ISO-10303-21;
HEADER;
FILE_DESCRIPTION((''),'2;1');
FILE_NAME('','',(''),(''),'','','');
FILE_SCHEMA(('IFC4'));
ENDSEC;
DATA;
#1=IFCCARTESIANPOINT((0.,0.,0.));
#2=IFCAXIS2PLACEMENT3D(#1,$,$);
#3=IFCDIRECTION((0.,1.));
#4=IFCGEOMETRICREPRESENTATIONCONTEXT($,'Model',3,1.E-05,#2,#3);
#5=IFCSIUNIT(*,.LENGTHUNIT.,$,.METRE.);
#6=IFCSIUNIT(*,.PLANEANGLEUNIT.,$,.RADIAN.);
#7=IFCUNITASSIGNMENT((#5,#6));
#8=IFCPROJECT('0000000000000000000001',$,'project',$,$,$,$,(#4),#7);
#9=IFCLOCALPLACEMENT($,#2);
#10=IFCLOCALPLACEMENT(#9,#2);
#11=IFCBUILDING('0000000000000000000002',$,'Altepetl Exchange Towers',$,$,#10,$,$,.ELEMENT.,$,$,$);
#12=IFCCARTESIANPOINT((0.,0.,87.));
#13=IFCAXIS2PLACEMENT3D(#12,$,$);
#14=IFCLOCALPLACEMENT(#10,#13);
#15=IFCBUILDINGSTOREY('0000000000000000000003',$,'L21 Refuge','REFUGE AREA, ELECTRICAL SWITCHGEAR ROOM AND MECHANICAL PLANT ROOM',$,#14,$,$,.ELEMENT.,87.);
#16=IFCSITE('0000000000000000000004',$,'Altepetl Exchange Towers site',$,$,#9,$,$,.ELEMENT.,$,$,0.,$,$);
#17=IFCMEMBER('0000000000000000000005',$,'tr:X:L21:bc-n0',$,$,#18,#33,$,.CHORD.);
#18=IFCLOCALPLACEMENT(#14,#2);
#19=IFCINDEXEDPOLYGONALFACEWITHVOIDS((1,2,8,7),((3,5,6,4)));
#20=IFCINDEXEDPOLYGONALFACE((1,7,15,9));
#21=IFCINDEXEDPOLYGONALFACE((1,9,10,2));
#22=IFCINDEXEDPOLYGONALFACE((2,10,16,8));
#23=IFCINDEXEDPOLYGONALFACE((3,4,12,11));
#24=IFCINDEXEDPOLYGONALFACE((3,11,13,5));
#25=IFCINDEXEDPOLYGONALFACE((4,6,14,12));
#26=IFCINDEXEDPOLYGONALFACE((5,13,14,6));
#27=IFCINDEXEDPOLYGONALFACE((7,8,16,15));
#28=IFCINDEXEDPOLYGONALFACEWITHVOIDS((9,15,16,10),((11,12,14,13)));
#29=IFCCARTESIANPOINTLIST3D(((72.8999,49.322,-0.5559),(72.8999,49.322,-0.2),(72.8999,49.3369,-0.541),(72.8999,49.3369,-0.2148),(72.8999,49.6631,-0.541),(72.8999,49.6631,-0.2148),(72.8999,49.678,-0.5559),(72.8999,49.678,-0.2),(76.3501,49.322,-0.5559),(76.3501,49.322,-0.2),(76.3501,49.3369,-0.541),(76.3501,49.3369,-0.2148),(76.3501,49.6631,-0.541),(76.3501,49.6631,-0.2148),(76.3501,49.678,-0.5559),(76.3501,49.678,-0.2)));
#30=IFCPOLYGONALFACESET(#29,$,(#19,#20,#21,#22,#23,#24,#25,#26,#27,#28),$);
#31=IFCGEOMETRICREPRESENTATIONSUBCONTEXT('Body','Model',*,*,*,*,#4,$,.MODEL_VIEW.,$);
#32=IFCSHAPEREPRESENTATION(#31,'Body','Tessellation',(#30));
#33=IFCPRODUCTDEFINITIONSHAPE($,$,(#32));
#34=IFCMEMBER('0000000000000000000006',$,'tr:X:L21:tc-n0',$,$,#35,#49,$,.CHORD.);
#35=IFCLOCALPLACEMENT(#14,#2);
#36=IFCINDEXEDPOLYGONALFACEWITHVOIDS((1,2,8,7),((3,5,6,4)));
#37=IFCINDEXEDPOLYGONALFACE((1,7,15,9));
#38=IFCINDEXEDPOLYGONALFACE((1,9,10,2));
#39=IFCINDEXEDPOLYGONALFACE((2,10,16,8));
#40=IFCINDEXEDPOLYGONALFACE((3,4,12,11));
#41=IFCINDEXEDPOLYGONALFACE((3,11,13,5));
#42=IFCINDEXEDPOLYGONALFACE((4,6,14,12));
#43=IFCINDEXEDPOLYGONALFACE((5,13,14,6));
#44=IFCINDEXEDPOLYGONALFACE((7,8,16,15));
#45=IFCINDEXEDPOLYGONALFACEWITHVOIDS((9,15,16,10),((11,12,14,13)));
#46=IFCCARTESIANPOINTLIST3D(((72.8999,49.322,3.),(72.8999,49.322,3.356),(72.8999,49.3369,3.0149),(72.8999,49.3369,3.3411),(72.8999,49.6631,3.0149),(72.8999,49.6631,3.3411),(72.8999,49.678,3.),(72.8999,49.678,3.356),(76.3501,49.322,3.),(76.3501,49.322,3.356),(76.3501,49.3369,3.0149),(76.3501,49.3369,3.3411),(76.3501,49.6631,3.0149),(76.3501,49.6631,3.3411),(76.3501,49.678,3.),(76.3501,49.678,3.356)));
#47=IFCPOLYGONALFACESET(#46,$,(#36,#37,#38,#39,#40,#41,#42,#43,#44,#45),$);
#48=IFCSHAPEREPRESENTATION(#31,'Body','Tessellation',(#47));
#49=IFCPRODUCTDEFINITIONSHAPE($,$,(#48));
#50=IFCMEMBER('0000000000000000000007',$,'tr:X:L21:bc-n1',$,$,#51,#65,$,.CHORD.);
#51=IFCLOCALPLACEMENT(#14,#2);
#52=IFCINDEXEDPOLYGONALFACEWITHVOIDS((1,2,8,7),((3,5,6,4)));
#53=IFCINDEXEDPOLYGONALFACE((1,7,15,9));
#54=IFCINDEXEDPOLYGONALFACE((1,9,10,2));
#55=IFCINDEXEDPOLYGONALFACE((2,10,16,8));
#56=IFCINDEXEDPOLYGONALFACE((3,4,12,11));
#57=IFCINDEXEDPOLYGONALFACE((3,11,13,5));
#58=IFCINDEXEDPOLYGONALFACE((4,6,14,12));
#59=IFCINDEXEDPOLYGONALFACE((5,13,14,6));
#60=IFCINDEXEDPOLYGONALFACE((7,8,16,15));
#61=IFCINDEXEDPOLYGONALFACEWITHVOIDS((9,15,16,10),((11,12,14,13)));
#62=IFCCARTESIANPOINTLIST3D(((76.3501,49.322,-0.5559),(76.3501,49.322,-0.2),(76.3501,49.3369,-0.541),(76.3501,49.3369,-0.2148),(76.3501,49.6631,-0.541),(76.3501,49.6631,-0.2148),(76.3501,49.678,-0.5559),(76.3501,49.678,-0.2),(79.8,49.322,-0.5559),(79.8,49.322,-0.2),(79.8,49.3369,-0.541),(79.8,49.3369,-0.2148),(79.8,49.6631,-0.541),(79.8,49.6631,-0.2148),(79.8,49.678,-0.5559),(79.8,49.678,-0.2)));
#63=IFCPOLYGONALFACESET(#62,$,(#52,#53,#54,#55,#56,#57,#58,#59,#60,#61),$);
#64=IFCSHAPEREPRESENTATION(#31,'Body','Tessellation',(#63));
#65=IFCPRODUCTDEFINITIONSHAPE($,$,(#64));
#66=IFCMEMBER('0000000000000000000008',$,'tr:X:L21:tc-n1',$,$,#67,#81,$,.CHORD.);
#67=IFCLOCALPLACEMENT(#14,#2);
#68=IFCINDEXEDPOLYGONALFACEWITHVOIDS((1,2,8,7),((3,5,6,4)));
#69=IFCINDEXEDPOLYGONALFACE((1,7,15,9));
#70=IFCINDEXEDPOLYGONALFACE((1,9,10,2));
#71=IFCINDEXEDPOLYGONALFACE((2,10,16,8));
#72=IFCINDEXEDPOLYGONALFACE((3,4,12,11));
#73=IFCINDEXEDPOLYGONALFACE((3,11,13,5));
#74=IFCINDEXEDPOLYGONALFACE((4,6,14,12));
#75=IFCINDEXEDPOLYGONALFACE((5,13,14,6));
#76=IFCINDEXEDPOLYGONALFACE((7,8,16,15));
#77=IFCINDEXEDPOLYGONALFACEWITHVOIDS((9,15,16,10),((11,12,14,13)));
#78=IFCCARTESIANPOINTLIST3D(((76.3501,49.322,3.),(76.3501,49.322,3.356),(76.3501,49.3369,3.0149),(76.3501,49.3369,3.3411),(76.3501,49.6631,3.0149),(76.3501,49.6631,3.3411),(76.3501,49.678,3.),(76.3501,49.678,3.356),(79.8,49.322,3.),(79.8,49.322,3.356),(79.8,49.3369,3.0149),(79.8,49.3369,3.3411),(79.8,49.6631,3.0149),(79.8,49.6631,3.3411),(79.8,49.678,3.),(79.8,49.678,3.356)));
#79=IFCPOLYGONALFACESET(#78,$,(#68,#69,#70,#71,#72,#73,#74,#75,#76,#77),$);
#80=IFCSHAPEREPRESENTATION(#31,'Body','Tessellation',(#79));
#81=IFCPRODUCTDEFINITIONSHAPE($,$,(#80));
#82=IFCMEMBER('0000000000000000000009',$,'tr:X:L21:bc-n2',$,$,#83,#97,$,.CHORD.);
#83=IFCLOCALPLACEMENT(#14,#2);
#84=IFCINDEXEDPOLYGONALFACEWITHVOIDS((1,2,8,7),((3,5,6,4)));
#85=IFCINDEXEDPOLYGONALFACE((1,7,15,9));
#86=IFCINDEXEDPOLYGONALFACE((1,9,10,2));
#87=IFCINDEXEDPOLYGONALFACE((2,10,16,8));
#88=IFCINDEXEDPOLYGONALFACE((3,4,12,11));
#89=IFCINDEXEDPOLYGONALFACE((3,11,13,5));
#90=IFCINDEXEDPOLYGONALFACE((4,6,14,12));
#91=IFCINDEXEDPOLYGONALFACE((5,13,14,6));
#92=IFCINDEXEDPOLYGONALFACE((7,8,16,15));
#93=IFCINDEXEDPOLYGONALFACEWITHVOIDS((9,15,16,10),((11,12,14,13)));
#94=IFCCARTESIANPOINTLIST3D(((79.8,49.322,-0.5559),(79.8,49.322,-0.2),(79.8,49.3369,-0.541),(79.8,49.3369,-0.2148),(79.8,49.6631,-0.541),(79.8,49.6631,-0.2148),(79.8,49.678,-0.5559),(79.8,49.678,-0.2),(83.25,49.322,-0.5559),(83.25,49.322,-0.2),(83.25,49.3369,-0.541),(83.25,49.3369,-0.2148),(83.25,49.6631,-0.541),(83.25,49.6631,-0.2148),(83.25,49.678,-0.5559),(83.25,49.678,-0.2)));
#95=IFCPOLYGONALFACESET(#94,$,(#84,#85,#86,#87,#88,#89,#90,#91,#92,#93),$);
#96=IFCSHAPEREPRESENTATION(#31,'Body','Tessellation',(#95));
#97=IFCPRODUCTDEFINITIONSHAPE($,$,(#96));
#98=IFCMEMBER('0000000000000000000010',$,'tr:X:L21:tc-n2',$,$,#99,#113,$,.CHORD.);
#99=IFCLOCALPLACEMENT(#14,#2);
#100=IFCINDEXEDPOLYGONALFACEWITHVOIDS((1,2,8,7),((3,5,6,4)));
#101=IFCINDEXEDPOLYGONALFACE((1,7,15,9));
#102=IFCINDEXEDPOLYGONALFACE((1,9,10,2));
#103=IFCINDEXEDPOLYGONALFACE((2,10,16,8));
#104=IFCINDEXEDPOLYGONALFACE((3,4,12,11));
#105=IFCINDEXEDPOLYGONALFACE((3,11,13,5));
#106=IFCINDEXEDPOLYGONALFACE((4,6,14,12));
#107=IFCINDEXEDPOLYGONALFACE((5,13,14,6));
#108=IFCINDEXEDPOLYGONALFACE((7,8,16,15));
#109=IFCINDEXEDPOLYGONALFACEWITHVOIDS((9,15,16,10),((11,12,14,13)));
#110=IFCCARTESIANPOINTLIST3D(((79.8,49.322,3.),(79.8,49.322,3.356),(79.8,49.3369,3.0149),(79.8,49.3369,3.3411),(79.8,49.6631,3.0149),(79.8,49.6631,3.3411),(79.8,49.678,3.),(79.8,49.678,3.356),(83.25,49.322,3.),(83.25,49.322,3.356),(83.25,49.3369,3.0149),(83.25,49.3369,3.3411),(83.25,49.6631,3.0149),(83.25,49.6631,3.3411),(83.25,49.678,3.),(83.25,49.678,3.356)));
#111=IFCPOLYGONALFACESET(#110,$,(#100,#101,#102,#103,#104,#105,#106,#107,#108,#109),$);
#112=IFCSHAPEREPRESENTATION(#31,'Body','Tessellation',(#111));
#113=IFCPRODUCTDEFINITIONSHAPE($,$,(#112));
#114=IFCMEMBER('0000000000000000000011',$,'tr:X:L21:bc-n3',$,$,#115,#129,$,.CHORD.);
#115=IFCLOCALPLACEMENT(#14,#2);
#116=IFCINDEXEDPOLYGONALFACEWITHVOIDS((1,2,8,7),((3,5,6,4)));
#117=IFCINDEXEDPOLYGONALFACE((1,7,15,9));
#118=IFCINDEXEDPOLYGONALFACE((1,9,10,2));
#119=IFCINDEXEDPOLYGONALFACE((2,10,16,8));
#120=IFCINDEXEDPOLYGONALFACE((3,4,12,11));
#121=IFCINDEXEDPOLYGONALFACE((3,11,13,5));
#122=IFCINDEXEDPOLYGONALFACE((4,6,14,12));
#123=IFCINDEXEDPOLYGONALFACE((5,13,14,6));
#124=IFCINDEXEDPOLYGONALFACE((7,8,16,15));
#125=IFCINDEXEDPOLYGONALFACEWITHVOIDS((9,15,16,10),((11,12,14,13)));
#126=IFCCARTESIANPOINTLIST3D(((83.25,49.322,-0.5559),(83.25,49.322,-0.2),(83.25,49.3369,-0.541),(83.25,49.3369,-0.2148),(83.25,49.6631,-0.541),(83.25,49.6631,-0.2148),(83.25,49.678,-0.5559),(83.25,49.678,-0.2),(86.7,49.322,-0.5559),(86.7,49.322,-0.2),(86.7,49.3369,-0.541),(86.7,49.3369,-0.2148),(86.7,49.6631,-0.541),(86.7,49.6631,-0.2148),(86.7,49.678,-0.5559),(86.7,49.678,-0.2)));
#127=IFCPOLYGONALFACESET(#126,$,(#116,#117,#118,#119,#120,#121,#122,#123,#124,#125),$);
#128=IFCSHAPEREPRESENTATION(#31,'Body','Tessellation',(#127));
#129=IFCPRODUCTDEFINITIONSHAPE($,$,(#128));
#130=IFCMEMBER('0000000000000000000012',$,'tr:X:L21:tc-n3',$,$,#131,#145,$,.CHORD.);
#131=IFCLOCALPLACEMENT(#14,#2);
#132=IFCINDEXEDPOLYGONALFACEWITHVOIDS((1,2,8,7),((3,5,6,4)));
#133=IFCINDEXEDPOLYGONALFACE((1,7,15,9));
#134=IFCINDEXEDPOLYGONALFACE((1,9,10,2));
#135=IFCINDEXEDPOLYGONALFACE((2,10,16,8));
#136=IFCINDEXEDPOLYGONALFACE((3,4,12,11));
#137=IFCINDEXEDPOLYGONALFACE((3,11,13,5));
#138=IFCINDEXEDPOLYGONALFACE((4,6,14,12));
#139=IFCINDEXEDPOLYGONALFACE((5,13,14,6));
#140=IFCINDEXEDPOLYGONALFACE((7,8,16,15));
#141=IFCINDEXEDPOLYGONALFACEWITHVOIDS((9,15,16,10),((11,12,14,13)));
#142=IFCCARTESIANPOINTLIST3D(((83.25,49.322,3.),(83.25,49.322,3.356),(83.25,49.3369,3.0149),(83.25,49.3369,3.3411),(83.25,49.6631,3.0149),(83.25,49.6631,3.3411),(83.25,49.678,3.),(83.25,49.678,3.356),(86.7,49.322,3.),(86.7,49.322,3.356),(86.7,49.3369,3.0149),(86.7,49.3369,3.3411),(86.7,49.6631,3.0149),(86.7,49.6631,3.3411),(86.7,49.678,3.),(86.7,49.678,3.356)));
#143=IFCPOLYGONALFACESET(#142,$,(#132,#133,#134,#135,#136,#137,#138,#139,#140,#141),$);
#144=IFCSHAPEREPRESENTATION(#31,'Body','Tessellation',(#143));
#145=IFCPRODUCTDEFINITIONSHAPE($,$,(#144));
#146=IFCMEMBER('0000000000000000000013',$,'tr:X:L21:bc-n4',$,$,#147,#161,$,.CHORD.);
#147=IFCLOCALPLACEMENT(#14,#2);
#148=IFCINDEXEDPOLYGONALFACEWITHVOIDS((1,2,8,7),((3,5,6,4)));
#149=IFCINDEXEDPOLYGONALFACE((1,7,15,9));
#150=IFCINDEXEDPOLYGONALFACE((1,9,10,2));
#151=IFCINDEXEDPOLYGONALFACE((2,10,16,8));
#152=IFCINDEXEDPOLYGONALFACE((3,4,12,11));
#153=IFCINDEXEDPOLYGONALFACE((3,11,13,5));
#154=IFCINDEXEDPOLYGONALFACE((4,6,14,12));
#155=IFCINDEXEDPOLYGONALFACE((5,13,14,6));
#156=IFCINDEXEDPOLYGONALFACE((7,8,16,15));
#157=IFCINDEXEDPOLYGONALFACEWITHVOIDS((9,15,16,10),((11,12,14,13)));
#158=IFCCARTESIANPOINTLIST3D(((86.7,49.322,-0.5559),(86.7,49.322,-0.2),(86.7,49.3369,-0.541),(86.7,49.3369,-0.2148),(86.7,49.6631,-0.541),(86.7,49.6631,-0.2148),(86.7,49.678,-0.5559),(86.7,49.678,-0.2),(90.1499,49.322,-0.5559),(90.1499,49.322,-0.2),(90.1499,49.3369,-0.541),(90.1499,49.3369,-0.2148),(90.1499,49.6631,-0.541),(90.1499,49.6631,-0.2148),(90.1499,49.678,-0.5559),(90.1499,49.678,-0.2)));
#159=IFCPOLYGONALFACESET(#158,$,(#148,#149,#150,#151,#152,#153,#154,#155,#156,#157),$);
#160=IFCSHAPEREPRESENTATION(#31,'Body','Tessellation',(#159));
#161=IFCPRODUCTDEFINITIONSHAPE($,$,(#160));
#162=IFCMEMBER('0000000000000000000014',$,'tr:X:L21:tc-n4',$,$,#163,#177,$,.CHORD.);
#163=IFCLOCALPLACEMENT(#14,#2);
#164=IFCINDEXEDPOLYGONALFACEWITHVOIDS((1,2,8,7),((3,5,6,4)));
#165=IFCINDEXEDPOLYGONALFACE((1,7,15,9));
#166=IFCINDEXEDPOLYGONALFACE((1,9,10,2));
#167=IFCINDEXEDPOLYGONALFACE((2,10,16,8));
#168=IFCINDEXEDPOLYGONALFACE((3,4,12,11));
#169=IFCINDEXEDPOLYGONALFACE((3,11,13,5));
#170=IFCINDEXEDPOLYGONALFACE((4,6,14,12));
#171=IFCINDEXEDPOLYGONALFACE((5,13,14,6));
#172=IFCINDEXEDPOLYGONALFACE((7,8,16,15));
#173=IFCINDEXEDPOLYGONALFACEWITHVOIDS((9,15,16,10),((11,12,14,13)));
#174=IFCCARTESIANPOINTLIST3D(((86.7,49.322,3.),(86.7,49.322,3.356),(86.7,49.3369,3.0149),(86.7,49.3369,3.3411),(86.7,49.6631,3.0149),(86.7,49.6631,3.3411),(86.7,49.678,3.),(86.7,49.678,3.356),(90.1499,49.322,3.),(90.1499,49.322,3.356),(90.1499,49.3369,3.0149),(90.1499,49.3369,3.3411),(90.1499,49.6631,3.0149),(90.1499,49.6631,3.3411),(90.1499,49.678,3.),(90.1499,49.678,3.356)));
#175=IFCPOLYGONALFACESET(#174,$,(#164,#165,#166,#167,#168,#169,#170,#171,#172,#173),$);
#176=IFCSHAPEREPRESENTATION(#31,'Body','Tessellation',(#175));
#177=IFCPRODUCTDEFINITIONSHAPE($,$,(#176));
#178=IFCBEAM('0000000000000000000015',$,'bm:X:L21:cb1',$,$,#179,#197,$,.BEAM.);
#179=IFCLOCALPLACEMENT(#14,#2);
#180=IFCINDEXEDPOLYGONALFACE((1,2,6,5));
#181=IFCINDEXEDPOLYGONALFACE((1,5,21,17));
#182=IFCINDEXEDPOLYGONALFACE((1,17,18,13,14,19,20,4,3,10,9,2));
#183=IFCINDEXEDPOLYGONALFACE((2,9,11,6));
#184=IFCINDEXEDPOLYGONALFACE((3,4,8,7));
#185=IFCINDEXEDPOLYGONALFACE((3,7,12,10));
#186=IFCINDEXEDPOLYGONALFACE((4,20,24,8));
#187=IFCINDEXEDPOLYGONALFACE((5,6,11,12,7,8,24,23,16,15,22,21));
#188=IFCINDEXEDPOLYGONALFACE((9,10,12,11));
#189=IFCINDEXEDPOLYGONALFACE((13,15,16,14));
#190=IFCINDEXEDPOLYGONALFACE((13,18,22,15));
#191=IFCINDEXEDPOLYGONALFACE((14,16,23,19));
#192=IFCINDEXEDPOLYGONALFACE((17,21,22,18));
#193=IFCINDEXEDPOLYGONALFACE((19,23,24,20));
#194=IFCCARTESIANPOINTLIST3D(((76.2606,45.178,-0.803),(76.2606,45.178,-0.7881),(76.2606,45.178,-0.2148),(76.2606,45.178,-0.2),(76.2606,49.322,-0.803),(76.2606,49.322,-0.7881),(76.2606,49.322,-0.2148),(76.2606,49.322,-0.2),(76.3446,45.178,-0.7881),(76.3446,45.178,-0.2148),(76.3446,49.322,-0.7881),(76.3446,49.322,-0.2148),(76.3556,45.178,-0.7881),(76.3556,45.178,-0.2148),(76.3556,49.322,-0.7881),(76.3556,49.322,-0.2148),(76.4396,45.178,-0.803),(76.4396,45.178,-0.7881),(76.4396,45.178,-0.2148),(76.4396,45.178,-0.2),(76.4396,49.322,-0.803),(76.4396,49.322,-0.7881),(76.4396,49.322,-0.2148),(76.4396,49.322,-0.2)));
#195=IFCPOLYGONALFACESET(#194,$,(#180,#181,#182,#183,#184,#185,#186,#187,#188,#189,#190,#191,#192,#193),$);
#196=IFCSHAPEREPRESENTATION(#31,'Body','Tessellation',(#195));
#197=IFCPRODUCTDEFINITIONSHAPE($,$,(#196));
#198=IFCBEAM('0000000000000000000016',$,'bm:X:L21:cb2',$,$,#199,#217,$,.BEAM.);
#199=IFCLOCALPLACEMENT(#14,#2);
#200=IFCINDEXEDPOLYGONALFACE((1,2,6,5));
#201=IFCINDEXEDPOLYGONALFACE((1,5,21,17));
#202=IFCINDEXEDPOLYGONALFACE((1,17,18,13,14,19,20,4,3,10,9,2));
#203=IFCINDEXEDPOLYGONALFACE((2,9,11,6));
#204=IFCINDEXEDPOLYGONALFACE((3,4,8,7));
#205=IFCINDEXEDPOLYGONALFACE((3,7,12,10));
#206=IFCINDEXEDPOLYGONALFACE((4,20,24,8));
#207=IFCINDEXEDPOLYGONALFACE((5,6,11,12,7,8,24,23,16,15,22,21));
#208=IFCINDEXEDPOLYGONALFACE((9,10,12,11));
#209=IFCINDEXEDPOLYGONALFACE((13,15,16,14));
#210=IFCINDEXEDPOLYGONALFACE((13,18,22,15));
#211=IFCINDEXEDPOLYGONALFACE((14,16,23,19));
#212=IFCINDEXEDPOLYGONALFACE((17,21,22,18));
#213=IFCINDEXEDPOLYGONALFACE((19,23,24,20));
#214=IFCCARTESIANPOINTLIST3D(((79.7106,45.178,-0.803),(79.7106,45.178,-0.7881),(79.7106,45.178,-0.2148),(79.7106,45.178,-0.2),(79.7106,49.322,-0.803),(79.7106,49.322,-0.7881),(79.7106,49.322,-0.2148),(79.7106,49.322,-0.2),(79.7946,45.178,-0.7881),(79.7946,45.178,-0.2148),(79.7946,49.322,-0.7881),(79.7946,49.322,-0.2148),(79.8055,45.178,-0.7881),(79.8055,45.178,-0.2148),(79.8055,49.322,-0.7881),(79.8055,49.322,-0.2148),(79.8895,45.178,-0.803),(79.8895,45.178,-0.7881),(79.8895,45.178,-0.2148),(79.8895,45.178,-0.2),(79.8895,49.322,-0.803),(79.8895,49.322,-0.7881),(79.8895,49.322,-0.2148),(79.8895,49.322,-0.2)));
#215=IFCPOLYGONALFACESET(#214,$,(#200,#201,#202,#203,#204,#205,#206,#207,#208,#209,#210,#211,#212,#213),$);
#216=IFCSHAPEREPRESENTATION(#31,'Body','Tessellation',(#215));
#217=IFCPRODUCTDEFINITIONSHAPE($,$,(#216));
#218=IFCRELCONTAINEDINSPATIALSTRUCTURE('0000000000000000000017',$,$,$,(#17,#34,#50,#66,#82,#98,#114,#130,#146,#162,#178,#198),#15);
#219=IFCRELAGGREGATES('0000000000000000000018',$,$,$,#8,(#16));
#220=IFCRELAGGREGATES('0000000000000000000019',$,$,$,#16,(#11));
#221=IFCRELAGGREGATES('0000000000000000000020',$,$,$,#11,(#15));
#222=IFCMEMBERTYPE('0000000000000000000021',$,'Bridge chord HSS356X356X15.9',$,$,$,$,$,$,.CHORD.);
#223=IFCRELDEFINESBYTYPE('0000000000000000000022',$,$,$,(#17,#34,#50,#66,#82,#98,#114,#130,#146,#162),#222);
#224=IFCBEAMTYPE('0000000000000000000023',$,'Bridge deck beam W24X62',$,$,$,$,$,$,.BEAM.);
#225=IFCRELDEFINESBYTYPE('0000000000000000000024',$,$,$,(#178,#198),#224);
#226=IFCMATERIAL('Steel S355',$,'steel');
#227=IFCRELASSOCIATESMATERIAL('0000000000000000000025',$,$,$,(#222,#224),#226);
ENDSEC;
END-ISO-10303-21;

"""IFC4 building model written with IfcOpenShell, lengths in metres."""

from ifc_helpers import new_model, si_unit, direction, frame, origin, origin_2d, place, context, subcontext, project, spatial, hollow_rectangle, i_section, extrude, material, material_profile, profile_set, type_object, element, save


model = new_model("IFC4")

# Units and contexts
model_context = context("Model", 3, precision=1e-05, world=origin(), true_north=direction((0.0, 1.0)))
body_context = subcontext(model_context, "Body", "Model", "MODEL_VIEW")
ifc_project = project(units=[si_unit("LENGTHUNIT", "METRE"), si_unit("PLANEANGLEUNIT", "RADIAN")], contexts=[model_context])

# Site, building, storey
site_placement = place(None, origin())
site = spatial("IfcSite", under=ifc_project, at=site_placement, Name="Altepetl Exchange Towers site", CompositionType="ELEMENT", RefElevation=0.0)
building_placement = place(site_placement, origin())
building = spatial("IfcBuilding", under=site, at=building_placement, Name="Altepetl Exchange Towers", CompositionType="ELEMENT")
storey_placement = place(building_placement, frame((0.0, 0.0, 87.0)))
storey = spatial("IfcBuildingStorey", under=building, at=storey_placement, Name="L21 Refuge", Description="REFUGE AREA, ELECTRICAL SWITCHGEAR ROOM AND MECHANICAL PLANT ROOM", CompositionType="ELEMENT", Elevation=87.0)

# Members
ifc_material = material(Name="Steel S355", Category="steel")
ifc_material_profile_1 = material_profile(ifc_material, hollow_rectangle(XDim=0.356, YDim=0.356, WallThickness=0.0149, at=origin_2d()), Name="HSS356X356X15.9")
ifc_profile_set_1 = profile_set([ifc_material_profile_1], Name="Steel S355")
member_type_1 = type_object("IfcMemberType", Name="Bridge chord HSS356X356X15.9", PredefinedType="CHORD", material=ifc_profile_set_1)
for number, where, z_axis, x_axis, name in (
    (1, (72.8999, 49.5, -0.3779), (1.0, 0.0, 0.0), (0.0, 1.0, 0.0), "tr:X:L21:bc-n0"),
    (2, (72.8999, 49.5, 3.178), (1.0, 0.0, 0.0), (0.0, 1.0, 0.0), "tr:X:L21:tc-n0"),
):
    element("IfcMember", number, at=place(storey_placement, frame(where, z_axis=z_axis, x_axis=x_axis)), inside=storey, type_object=member_type_1, Name=name, PredefinedType="CHORD", context=body_context, shape_type="SweptSolid", body=[
        extrude(hollow_rectangle(XDim=0.356, YDim=0.356, WallThickness=0.0149, at=origin_2d()), origin(), (0.0, 0.0, 1.0), 3.4502),
    ])
for number, where, z_axis, x_axis, name in (
    (3, (76.3501, 49.5, -0.3779), (1.0, 0.0, 0.0), (0.0, 1.0, 0.0), "tr:X:L21:bc-n1"),
    (4, (76.3501, 49.5, 3.178), (1.0, 0.0, 0.0), (0.0, 1.0, 0.0), "tr:X:L21:tc-n1"),
    (5, (79.8, 49.5, -0.3779), (1.0, 0.0, 0.0), (0.0, 1.0, 0.0), "tr:X:L21:bc-n2"),
    (6, (79.8, 49.5, 3.178), (1.0, 0.0, 0.0), (0.0, 1.0, 0.0), "tr:X:L21:tc-n2"),
    (7, (83.25, 49.5, -0.3779), (1.0, 0.0, 0.0), (0.0, 1.0, 0.0), "tr:X:L21:bc-n3"),
    (8, (83.25, 49.5, 3.178), (1.0, 0.0, 0.0), (0.0, 1.0, 0.0), "tr:X:L21:tc-n3"),
    (9, (86.7, 49.5, -0.3779), (1.0, 0.0, 0.0), (0.0, 1.0, 0.0), "tr:X:L21:bc-n4"),
    (10, (86.7, 49.5, 3.178), (1.0, 0.0, 0.0), (0.0, 1.0, 0.0), "tr:X:L21:tc-n4"),
):
    element("IfcMember", number, at=place(storey_placement, frame(where, z_axis=z_axis, x_axis=x_axis)), inside=storey, type_object=member_type_1, Name=name, PredefinedType="CHORD", context=body_context, shape_type="SweptSolid", body=[
        extrude(hollow_rectangle(XDim=0.356, YDim=0.356, WallThickness=0.0149, at=origin_2d()), origin(), (0.0, 0.0, 1.0), 3.45),
    ])

# Beams
ifc_material_profile_2 = material_profile(ifc_material, i_section(OverallWidth=0.179, OverallDepth=0.603, WebThickness=0.011, FlangeThickness=0.0149, at=origin_2d()), Name="W24X62")
ifc_profile_set_2 = profile_set([ifc_material_profile_2], Name="Steel S355")
beam_type_1 = type_object("IfcBeamType", Name="Bridge deck beam W24X62", PredefinedType="BEAM", material=ifc_profile_set_2)
for number, where, z_axis, x_axis, name in (
    (11, (76.3501, 45.178, -0.5015), (0.0, 1.0, 0.0), (-1.0, 0.0, 0.0), "bm:X:L21:cb1"),
    (12, (79.8, 45.178, -0.5015), (0.0, 1.0, 0.0), (-1.0, 0.0, 0.0), "bm:X:L21:cb2"),
):
    element("IfcBeam", number, at=place(storey_placement, frame(where, z_axis=z_axis, x_axis=x_axis)), inside=storey, type_object=beam_type_1, Name=name, PredefinedType="BEAM", context=body_context, shape_type="SweptSolid", body=[
        extrude(i_section(OverallWidth=0.179, OverallDepth=0.603, WebThickness=0.011, FlangeThickness=0.0149, at=origin_2d()), origin(), (0.0, 0.0, 1.0), 4.144),
    ])

save(model, "model.ifc")
